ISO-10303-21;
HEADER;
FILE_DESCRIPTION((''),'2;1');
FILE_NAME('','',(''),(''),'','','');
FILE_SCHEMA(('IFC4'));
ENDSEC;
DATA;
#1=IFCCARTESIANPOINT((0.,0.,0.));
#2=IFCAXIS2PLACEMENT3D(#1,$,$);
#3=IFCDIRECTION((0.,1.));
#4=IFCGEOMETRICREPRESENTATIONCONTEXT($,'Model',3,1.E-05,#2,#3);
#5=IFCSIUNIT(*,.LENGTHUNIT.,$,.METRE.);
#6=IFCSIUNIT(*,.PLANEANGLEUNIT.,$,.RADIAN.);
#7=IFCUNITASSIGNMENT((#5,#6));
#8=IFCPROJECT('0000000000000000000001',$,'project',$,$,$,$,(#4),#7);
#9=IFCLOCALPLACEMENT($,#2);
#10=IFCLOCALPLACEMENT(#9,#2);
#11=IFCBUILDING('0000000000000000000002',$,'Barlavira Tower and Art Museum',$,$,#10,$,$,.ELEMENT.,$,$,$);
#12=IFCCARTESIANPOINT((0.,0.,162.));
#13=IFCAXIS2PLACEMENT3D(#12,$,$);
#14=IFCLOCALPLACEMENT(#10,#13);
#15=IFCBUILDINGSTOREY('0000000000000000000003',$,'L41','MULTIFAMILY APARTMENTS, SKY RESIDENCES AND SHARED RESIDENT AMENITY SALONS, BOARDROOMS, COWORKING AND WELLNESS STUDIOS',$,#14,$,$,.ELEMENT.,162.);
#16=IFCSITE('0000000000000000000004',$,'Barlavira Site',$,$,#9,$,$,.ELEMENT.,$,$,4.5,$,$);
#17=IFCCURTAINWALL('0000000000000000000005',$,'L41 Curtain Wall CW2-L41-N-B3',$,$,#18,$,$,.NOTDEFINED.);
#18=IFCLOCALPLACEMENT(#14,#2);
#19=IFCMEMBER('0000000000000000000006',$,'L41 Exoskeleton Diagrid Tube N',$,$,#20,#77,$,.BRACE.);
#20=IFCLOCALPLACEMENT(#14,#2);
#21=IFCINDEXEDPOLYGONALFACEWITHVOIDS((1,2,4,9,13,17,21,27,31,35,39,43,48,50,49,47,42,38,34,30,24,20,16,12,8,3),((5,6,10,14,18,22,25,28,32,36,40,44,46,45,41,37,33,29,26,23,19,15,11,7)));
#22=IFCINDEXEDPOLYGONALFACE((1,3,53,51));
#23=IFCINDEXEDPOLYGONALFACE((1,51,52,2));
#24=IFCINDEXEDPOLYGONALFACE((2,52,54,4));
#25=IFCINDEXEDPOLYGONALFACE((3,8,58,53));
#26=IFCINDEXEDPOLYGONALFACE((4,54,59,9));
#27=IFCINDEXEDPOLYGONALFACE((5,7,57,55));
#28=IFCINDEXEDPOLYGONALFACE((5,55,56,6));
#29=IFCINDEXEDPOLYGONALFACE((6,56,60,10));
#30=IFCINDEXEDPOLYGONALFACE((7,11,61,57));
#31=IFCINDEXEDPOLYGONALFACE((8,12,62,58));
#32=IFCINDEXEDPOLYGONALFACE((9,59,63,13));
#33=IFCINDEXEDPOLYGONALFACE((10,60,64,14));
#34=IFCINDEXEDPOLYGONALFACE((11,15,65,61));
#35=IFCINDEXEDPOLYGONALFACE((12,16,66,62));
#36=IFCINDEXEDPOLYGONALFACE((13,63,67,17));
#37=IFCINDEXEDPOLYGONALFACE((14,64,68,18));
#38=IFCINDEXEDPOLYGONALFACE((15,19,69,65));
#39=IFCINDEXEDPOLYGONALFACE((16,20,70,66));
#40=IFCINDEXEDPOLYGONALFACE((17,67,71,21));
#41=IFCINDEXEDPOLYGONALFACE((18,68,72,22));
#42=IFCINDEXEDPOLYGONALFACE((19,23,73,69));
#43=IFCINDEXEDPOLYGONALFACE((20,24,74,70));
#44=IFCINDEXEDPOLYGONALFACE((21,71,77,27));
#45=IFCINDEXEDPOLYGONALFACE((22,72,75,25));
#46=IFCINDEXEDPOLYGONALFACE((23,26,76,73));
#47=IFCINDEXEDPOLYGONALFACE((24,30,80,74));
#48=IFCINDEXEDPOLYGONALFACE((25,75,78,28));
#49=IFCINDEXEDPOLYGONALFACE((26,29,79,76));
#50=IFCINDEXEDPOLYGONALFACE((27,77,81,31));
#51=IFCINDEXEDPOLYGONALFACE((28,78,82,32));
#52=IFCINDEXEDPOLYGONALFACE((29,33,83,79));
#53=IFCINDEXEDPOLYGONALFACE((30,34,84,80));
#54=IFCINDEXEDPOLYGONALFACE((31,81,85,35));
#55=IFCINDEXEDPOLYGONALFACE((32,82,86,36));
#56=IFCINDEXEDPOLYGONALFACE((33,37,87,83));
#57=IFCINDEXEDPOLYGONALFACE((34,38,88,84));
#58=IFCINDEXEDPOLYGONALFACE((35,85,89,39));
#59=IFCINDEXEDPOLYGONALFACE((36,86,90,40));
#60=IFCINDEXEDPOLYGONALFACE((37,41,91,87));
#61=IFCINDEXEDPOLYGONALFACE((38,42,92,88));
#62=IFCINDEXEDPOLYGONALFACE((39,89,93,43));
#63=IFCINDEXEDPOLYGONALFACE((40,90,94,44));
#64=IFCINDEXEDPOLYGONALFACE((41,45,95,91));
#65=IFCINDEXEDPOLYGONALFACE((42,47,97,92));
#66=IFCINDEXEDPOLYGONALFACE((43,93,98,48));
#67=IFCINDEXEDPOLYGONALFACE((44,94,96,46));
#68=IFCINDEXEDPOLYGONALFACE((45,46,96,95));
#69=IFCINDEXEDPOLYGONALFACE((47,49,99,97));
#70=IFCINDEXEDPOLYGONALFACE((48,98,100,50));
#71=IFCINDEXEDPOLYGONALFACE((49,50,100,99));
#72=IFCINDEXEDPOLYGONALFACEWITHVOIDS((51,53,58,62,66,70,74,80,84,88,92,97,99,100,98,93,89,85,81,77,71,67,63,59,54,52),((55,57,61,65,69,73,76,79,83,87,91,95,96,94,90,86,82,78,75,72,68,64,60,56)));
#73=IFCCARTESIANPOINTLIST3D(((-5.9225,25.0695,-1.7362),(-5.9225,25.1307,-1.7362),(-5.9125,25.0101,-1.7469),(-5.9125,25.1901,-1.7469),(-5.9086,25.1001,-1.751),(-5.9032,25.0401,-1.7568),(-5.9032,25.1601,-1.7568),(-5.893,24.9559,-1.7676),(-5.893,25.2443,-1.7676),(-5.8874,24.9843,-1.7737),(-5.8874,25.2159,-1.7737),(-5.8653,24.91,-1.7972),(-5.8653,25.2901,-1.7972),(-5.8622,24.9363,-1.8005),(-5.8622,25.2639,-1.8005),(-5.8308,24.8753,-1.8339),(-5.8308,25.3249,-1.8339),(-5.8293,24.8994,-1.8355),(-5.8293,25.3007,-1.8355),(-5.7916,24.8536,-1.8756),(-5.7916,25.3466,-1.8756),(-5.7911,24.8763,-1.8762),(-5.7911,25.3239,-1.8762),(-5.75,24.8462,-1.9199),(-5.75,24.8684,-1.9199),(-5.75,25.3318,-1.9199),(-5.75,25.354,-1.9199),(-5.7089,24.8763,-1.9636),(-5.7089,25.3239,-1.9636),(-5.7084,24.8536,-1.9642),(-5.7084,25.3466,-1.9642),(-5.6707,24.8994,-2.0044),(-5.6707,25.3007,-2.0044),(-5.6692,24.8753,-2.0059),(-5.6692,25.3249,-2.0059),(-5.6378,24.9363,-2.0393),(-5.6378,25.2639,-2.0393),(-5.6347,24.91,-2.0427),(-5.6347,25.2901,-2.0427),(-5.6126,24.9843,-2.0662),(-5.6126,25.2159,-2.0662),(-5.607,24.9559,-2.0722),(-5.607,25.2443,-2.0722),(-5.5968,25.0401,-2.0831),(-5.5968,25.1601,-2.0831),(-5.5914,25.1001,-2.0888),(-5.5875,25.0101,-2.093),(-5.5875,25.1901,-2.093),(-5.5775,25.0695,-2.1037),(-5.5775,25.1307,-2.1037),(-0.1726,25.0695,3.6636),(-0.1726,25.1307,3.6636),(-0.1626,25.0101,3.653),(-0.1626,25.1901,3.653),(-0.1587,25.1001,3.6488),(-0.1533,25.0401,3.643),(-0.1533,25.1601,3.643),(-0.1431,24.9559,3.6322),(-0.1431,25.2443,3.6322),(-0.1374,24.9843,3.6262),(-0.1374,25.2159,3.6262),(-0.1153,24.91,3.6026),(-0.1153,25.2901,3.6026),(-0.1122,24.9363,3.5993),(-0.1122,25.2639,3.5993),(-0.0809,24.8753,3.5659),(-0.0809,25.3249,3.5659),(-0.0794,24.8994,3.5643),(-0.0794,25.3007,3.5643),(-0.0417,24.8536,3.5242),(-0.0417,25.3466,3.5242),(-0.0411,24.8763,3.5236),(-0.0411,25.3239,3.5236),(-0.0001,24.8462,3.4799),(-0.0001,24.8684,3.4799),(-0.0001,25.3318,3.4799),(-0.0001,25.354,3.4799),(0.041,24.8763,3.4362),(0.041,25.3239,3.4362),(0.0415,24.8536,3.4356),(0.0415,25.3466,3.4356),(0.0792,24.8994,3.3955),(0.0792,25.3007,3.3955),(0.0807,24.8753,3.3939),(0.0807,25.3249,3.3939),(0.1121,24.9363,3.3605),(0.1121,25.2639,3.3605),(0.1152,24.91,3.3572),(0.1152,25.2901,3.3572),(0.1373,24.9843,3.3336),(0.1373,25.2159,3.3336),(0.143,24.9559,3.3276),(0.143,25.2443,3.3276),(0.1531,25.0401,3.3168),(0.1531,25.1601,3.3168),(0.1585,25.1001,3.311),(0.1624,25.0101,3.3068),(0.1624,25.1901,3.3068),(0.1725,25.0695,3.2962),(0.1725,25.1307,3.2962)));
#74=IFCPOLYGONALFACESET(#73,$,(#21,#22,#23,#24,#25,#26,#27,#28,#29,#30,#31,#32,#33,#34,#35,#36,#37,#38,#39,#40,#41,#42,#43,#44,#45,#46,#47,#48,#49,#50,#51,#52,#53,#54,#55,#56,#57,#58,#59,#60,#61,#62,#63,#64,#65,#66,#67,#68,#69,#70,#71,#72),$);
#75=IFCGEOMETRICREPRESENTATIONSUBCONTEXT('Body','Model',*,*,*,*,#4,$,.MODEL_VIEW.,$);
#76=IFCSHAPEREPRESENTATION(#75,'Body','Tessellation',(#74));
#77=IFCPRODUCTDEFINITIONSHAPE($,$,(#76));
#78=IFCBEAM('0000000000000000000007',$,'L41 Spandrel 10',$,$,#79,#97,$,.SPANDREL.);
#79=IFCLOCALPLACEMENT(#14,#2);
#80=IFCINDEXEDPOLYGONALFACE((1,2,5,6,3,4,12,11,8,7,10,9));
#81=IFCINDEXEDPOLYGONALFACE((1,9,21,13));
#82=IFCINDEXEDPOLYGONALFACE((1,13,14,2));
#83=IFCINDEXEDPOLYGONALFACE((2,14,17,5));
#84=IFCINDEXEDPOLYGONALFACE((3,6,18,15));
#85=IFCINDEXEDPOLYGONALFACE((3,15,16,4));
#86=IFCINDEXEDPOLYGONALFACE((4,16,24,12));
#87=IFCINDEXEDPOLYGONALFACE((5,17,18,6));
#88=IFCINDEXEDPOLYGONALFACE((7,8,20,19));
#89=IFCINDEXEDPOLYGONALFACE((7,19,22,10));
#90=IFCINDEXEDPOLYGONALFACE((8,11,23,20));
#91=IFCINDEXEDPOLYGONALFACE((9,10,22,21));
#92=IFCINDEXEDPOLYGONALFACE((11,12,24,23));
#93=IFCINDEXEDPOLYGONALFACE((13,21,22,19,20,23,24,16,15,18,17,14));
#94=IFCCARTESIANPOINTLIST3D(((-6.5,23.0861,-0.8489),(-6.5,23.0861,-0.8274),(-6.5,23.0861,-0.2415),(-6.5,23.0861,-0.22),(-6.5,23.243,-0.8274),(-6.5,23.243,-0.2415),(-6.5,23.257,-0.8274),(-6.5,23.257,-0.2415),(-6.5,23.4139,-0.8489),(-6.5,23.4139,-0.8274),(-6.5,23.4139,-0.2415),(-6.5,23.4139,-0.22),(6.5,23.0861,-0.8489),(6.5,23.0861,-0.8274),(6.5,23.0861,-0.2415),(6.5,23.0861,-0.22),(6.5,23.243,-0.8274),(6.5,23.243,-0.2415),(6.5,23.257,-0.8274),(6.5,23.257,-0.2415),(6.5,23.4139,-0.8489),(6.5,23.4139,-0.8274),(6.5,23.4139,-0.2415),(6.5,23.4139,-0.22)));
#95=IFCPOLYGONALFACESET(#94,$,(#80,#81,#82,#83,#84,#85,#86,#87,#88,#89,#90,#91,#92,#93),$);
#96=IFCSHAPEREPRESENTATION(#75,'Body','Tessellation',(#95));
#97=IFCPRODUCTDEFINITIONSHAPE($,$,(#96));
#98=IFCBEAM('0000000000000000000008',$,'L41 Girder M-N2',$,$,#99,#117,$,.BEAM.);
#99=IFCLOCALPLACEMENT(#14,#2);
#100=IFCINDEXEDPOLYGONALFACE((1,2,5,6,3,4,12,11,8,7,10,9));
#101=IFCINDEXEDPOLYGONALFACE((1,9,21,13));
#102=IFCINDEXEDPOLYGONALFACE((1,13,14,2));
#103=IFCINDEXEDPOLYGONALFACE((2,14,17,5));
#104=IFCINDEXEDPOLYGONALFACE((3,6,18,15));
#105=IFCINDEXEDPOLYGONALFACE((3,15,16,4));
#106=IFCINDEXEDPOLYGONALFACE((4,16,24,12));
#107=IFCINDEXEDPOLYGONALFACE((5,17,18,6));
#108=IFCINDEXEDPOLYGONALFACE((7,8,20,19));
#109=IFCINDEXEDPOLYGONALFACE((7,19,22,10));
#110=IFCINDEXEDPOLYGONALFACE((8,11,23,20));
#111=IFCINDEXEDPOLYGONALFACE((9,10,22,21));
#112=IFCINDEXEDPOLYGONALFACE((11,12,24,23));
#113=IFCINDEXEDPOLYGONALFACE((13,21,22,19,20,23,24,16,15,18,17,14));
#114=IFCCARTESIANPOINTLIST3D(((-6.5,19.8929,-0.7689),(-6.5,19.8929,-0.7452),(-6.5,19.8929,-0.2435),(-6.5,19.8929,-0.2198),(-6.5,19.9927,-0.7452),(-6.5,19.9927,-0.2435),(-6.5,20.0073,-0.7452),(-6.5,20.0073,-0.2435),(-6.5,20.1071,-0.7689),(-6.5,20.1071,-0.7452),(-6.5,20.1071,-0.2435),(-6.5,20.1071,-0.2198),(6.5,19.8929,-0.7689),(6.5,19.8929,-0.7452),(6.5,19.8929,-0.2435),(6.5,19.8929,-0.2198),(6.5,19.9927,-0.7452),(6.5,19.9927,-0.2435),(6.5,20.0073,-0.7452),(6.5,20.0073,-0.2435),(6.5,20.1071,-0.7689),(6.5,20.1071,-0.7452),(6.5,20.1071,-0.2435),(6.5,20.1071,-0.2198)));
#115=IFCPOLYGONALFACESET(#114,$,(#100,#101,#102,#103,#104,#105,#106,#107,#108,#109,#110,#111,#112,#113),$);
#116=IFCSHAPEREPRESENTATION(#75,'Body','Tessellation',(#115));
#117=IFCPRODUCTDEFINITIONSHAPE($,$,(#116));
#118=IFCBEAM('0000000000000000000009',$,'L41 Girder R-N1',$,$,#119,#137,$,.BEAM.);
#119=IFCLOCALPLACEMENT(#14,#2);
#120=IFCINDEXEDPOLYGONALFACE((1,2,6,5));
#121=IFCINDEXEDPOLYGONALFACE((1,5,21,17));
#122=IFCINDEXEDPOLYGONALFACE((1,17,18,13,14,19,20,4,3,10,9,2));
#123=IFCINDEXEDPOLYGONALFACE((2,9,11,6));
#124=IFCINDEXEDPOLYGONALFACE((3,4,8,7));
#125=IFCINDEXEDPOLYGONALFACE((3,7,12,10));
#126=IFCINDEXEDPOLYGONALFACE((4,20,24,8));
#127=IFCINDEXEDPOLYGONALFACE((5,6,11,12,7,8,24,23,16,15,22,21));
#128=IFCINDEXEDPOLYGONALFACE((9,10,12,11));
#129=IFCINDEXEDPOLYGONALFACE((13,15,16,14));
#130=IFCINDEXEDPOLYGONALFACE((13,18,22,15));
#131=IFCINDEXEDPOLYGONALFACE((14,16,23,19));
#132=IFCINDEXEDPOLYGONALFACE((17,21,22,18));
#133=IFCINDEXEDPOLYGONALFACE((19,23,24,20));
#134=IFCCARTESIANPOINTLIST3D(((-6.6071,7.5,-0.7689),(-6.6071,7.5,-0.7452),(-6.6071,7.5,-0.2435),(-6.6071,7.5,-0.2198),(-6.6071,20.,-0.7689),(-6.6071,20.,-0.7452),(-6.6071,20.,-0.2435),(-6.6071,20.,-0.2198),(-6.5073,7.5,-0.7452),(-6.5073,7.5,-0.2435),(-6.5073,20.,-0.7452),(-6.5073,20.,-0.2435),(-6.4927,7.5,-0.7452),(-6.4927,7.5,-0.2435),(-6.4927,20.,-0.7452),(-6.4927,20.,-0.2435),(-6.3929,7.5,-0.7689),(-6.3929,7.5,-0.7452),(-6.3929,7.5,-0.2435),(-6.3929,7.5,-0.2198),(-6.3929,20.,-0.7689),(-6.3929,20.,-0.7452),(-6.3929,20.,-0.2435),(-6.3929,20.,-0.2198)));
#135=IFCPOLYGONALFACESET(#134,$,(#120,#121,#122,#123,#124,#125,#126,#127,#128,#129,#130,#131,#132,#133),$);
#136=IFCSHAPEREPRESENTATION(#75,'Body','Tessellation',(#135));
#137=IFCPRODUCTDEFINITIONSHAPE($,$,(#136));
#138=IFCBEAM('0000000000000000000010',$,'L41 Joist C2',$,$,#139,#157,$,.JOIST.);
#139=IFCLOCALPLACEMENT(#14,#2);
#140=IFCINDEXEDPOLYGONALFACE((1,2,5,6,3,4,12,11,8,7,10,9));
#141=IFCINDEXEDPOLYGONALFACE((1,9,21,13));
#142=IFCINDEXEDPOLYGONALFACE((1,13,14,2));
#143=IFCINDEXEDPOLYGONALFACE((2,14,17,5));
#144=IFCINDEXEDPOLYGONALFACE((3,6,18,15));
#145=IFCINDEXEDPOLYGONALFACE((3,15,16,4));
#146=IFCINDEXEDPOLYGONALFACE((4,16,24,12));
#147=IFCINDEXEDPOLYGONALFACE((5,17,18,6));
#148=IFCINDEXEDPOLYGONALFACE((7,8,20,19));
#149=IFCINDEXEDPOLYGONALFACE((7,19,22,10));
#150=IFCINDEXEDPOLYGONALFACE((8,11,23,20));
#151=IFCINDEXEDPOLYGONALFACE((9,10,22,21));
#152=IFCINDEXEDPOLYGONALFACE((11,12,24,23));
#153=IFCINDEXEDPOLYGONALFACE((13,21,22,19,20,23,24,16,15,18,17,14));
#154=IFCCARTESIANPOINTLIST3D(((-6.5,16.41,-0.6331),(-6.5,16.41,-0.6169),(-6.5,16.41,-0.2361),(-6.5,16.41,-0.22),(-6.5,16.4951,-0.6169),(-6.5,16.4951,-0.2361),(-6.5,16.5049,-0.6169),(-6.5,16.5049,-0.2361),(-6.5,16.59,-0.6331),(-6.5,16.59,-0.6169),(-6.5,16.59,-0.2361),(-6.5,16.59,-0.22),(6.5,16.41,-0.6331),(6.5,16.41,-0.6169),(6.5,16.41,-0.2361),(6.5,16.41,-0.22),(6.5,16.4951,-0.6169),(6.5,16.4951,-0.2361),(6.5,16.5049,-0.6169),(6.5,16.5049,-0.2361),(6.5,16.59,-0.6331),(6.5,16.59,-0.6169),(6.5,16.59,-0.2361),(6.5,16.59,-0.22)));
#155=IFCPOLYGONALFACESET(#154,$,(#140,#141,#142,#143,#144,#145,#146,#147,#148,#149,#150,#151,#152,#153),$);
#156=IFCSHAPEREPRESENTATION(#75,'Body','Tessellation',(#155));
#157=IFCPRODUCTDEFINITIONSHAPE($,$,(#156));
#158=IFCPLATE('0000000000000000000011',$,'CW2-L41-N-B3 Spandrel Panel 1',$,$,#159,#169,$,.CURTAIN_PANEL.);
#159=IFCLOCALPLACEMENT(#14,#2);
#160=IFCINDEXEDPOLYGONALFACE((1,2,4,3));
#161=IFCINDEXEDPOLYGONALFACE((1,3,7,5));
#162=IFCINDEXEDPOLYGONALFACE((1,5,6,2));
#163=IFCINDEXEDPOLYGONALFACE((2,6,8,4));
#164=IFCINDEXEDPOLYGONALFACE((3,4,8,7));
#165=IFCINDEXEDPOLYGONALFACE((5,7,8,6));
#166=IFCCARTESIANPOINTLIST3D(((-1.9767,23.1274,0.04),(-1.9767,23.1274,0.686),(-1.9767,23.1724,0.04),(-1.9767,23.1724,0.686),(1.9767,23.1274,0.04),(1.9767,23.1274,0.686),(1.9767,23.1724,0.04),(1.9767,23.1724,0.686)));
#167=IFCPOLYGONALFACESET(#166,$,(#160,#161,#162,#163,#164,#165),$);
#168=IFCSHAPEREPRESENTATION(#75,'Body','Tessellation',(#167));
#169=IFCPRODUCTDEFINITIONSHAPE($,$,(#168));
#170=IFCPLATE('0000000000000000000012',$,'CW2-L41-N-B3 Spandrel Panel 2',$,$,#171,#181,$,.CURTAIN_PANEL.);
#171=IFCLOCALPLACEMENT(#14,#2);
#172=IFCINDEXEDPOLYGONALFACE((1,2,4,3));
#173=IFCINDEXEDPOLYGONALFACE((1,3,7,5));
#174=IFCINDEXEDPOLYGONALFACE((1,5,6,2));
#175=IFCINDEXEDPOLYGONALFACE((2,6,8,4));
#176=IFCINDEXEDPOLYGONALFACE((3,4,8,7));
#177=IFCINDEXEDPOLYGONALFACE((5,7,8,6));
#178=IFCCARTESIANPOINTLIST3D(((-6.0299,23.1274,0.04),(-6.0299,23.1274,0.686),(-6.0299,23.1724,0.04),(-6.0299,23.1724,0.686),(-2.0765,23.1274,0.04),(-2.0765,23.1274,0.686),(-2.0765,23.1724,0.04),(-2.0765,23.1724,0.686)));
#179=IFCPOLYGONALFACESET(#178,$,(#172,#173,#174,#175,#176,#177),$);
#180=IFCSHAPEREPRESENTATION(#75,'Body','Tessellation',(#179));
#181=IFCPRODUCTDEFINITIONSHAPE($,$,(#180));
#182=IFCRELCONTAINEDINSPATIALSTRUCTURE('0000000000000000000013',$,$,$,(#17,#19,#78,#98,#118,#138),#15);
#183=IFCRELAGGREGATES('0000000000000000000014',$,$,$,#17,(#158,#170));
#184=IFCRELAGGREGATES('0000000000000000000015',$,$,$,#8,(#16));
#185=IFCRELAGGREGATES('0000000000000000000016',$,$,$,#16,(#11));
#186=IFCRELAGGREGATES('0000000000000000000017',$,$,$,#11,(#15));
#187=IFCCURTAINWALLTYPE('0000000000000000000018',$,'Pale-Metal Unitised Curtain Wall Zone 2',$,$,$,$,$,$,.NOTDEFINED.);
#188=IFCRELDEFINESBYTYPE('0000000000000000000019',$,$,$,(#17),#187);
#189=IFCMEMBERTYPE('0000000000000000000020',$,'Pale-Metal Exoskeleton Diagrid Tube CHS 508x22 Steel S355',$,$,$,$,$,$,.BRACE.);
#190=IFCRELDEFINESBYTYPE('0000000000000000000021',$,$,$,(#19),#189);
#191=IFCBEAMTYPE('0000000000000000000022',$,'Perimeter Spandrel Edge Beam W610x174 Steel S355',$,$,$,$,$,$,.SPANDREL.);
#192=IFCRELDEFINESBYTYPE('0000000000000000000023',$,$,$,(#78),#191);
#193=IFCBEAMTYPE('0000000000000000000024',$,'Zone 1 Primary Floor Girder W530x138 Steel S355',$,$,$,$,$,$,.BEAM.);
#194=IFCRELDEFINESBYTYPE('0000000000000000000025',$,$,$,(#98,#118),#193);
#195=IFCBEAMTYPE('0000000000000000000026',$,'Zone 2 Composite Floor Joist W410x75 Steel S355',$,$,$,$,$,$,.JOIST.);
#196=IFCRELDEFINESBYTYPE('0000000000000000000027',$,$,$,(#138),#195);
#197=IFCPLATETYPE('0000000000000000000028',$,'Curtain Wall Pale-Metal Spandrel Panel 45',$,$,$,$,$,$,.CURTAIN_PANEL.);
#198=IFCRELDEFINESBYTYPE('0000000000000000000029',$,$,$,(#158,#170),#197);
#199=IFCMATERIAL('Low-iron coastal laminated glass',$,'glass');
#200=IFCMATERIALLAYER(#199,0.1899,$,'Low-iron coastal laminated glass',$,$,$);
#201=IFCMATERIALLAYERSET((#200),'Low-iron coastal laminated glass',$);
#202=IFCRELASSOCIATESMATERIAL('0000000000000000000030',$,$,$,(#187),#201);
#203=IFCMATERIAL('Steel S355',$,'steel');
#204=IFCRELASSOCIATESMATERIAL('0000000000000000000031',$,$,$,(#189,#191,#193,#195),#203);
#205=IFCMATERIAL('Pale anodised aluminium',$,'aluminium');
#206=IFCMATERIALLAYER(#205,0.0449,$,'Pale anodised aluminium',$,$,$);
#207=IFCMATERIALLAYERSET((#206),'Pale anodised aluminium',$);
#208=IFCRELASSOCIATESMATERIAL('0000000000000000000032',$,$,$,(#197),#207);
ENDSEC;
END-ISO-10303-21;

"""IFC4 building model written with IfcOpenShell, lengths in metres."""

from ifc_helpers import new_model, si_unit, direction, frame, origin, origin_2d, place, context, subcontext, project, spatial, rectangle, hollow_circle, i_section, extrude, material, layer, layer_set, material_profile, profile_set, type_object, element, aggregate, save


model = new_model("IFC4")

# Units and contexts
model_context = context("Model", 3, precision=1e-05, world=origin(), true_north=direction((0.0, 1.0)))
body_context = subcontext(model_context, "Body", "Model", "MODEL_VIEW")
ifc_project = project(units=[si_unit("LENGTHUNIT", "METRE"), si_unit("PLANEANGLEUNIT", "RADIAN")], contexts=[model_context])

# Site, building, storey
site_placement = place(None, origin())
site = spatial("IfcSite", under=ifc_project, at=site_placement, Name="Barlavira Site", CompositionType="ELEMENT", RefElevation=4.5)
building_placement = place(site_placement, origin())
building = spatial("IfcBuilding", under=site, at=building_placement, Name="Barlavira Tower and Art Museum", CompositionType="ELEMENT")
storey_placement = place(building_placement, frame((0.0, 0.0, 162.0)))
storey = spatial("IfcBuildingStorey", under=building, at=storey_placement, Name="L41", Description="MULTIFAMILY APARTMENTS, SKY RESIDENCES AND SHARED RESIDENT AMENITY SALONS, BOARDROOMS, COWORKING AND WELLNESS STUDIOS", CompositionType="ELEMENT", Elevation=162.0)

# Curtain wall
ifc_material_1 = material(Name="Low-iron coastal laminated glass", Category="glass")
ifc_layer_1 = layer(ifc_material_1, 0.1899, Name="Low-iron coastal laminated glass")
ifc_layer_set_1 = layer_set([ifc_layer_1], Name="Low-iron coastal laminated glass")
curtain_wall_type = type_object("IfcCurtainWallType", Name="Pale-Metal Unitised Curtain Wall Zone 2", PredefinedType="NOTDEFINED", material=ifc_layer_set_1)
curtain_wall_placement = place(storey_placement, origin())
curtain_wall = element("IfcCurtainWall", 1, at=curtain_wall_placement, inside=storey, type_object=curtain_wall_type, Name="L41 Curtain Wall CW2-L41-N-B3", PredefinedType="NOTDEFINED")
ifc_material_2 = material(Name="Pale anodised aluminium", Category="aluminium")

# Member
ifc_material_3 = material(Name="Steel S355", Category="steel")
ifc_material_profile_1 = material_profile(ifc_material_3, hollow_circle(Radius=0.2539, WallThickness=0.0222, at=origin_2d()), Name="CHS 508.0x22.2")
ifc_profile_set_1 = profile_set([ifc_material_profile_1], Name="Steel S355")
member_type_1 = type_object("IfcMemberType", Name="Pale-Metal Exoskeleton Diagrid Tube CHS 508x22 Steel S355", PredefinedType="BRACE", material=ifc_profile_set_1)
for number, where, z_axis, x_axis, name in (
    (2, (-5.75, 25.1001, -1.9199), (0.72895, 0.0, 0.684567), (0.0, 1.0, 0.0), "L41 Exoskeleton Diagrid Tube N"),
):
    element("IfcMember", number, at=place(storey_placement, frame(where, z_axis=z_axis, x_axis=x_axis)), inside=storey, type_object=member_type_1, Name=name, PredefinedType="BRACE", context=body_context, shape_type="SweptSolid", body=[
        extrude(hollow_circle(Radius=0.2539, WallThickness=0.0222, at=origin_2d()), origin(), (0.0, 0.0, 1.0), 7.8879),
    ])

# Beams
ifc_material_profile_2 = material_profile(ifc_material_3, i_section(OverallWidth=0.3279, OverallDepth=0.6289, WebThickness=0.0139, FlangeThickness=0.0215, at=origin_2d()), Name="W610x174.0")
ifc_profile_set_2 = profile_set([ifc_material_profile_2], Name="Steel S355")
beam_type_1 = type_object("IfcBeamType", Name="Perimeter Spandrel Edge Beam W610x174 Steel S355", PredefinedType="SPANDREL", material=ifc_profile_set_2)
beam_1_placement = place(storey_placement, frame((-6.5, 23.25, -0.5344), z_axis=(1.0, 0.0, 0.0), x_axis=(0.0, 1.0, 0.0)))
element("IfcBeam", 3, at=beam_1_placement, inside=storey, type_object=beam_type_1, Name="L41 Spandrel 10", PredefinedType="SPANDREL", context=body_context, shape_type="SweptSolid", body=[
    extrude(i_section(OverallWidth=0.3279, OverallDepth=0.6289, WebThickness=0.0139, FlangeThickness=0.0215, at=origin_2d()), origin(), (0.0, 0.0, 1.0), 13.0),
])
ifc_material_profile_3 = material_profile(ifc_material_3, i_section(OverallWidth=0.2141, OverallDepth=0.5491, WebThickness=0.0146, FlangeThickness=0.0237, at=origin_2d()), Name="W530x138.0")
ifc_profile_set_3 = profile_set([ifc_material_profile_3], Name="Steel S355")
beam_type_2 = type_object("IfcBeamType", Name="Zone 1 Primary Floor Girder W530x138 Steel S355", PredefinedType="BEAM", material=ifc_profile_set_3)
beam_2_placement = place(storey_placement, frame((-6.5, 20.0, -0.4944), z_axis=(1.0, 0.0, 0.0), x_axis=(0.0, 1.0, 0.0)))
element("IfcBeam", 4, at=beam_2_placement, inside=storey, type_object=beam_type_2, Name="L41 Girder M-N2", PredefinedType="BEAM", context=body_context, shape_type="SweptSolid", body=[
    extrude(i_section(OverallWidth=0.2141, OverallDepth=0.5491, WebThickness=0.0146, FlangeThickness=0.0237, at=origin_2d()), origin(), (0.0, 0.0, 1.0), 13.0),
])
beam_3_placement = place(storey_placement, frame((-6.5, 7.5, -0.4944), z_axis=(0.0, 1.0, 0.0), x_axis=(-1.0, 0.0, 0.0)))
element("IfcBeam", 5, at=beam_3_placement, inside=storey, type_object=beam_type_2, Name="L41 Girder R-N1", PredefinedType="BEAM", context=body_context, shape_type="SweptSolid", body=[
    extrude(i_section(OverallWidth=0.2141, OverallDepth=0.5491, WebThickness=0.0146, FlangeThickness=0.0237, at=origin_2d()), origin(), (0.0, 0.0, 1.0), 12.5),
])
ifc_material_profile_4 = material_profile(ifc_material_3, i_section(OverallWidth=0.1799, OverallDepth=0.4131, WebThickness=0.0098, FlangeThickness=0.0161, at=origin_2d()), Name="W410x75.0")
ifc_profile_set_4 = profile_set([ifc_material_profile_4], Name="Steel S355")
beam_type_3 = type_object("IfcBeamType", Name="Zone 2 Composite Floor Joist W410x75 Steel S355", PredefinedType="JOIST", material=ifc_profile_set_4)
beam_4_placement = place(storey_placement, frame((-6.5, 16.5, -0.4265), z_axis=(1.0, 0.0, 0.0), x_axis=(0.0, 1.0, 0.0)))
element("IfcBeam", 6, at=beam_4_placement, inside=storey, type_object=beam_type_3, Name="L41 Joist C2", PredefinedType="JOIST", context=body_context, shape_type="SweptSolid", body=[
    extrude(i_section(OverallWidth=0.1799, OverallDepth=0.4131, WebThickness=0.0098, FlangeThickness=0.0161, at=origin_2d()), origin(), (0.0, 0.0, 1.0), 13.0),
])

# Plates
ifc_layer_2 = layer(ifc_material_2, 0.0449, Name="Pale anodised aluminium")
ifc_layer_set_2 = layer_set([ifc_layer_2], Name="Pale anodised aluminium")
plate_type_1 = type_object("IfcPlateType", Name="Curtain Wall Pale-Metal Spandrel Panel 45", PredefinedType="CURTAIN_PANEL", material=ifc_layer_set_2)
plate_1_placement = place(storey_placement, frame((0.0, 23.1499, 0.04), z_axis=(0.0, 0.0, 1.0), x_axis=(-1.0, 0.0, 0.0)))
plate_1 = element("IfcPlate", 7, at=plate_1_placement, type_object=plate_type_1, Name="CW2-L41-N-B3 Spandrel Panel 1", PredefinedType="CURTAIN_PANEL", context=body_context, shape_type="SweptSolid", body=[
    extrude(rectangle(XDim=3.9534, YDim=0.0449, at=origin_2d()), origin(), (0.0, 0.0, 1.0), 0.646),
])
plate_2_placement = place(storey_placement, frame((-4.0532, 23.1499, 0.04), z_axis=(0.0, 0.0, 1.0), x_axis=(-1.0, 0.0, 0.0)))
plate_2 = element("IfcPlate", 8, at=plate_2_placement, type_object=plate_type_1, Name="CW2-L41-N-B3 Spandrel Panel 2", PredefinedType="CURTAIN_PANEL", context=body_context, shape_type="SweptSolid", body=[
    extrude(rectangle(XDim=3.9534, YDim=0.0449, at=origin_2d()), origin(), (0.0, 0.0, 1.0), 0.646),
])
aggregate(curtain_wall, [plate_1, plate_2])

save(model, "model.ifc")
